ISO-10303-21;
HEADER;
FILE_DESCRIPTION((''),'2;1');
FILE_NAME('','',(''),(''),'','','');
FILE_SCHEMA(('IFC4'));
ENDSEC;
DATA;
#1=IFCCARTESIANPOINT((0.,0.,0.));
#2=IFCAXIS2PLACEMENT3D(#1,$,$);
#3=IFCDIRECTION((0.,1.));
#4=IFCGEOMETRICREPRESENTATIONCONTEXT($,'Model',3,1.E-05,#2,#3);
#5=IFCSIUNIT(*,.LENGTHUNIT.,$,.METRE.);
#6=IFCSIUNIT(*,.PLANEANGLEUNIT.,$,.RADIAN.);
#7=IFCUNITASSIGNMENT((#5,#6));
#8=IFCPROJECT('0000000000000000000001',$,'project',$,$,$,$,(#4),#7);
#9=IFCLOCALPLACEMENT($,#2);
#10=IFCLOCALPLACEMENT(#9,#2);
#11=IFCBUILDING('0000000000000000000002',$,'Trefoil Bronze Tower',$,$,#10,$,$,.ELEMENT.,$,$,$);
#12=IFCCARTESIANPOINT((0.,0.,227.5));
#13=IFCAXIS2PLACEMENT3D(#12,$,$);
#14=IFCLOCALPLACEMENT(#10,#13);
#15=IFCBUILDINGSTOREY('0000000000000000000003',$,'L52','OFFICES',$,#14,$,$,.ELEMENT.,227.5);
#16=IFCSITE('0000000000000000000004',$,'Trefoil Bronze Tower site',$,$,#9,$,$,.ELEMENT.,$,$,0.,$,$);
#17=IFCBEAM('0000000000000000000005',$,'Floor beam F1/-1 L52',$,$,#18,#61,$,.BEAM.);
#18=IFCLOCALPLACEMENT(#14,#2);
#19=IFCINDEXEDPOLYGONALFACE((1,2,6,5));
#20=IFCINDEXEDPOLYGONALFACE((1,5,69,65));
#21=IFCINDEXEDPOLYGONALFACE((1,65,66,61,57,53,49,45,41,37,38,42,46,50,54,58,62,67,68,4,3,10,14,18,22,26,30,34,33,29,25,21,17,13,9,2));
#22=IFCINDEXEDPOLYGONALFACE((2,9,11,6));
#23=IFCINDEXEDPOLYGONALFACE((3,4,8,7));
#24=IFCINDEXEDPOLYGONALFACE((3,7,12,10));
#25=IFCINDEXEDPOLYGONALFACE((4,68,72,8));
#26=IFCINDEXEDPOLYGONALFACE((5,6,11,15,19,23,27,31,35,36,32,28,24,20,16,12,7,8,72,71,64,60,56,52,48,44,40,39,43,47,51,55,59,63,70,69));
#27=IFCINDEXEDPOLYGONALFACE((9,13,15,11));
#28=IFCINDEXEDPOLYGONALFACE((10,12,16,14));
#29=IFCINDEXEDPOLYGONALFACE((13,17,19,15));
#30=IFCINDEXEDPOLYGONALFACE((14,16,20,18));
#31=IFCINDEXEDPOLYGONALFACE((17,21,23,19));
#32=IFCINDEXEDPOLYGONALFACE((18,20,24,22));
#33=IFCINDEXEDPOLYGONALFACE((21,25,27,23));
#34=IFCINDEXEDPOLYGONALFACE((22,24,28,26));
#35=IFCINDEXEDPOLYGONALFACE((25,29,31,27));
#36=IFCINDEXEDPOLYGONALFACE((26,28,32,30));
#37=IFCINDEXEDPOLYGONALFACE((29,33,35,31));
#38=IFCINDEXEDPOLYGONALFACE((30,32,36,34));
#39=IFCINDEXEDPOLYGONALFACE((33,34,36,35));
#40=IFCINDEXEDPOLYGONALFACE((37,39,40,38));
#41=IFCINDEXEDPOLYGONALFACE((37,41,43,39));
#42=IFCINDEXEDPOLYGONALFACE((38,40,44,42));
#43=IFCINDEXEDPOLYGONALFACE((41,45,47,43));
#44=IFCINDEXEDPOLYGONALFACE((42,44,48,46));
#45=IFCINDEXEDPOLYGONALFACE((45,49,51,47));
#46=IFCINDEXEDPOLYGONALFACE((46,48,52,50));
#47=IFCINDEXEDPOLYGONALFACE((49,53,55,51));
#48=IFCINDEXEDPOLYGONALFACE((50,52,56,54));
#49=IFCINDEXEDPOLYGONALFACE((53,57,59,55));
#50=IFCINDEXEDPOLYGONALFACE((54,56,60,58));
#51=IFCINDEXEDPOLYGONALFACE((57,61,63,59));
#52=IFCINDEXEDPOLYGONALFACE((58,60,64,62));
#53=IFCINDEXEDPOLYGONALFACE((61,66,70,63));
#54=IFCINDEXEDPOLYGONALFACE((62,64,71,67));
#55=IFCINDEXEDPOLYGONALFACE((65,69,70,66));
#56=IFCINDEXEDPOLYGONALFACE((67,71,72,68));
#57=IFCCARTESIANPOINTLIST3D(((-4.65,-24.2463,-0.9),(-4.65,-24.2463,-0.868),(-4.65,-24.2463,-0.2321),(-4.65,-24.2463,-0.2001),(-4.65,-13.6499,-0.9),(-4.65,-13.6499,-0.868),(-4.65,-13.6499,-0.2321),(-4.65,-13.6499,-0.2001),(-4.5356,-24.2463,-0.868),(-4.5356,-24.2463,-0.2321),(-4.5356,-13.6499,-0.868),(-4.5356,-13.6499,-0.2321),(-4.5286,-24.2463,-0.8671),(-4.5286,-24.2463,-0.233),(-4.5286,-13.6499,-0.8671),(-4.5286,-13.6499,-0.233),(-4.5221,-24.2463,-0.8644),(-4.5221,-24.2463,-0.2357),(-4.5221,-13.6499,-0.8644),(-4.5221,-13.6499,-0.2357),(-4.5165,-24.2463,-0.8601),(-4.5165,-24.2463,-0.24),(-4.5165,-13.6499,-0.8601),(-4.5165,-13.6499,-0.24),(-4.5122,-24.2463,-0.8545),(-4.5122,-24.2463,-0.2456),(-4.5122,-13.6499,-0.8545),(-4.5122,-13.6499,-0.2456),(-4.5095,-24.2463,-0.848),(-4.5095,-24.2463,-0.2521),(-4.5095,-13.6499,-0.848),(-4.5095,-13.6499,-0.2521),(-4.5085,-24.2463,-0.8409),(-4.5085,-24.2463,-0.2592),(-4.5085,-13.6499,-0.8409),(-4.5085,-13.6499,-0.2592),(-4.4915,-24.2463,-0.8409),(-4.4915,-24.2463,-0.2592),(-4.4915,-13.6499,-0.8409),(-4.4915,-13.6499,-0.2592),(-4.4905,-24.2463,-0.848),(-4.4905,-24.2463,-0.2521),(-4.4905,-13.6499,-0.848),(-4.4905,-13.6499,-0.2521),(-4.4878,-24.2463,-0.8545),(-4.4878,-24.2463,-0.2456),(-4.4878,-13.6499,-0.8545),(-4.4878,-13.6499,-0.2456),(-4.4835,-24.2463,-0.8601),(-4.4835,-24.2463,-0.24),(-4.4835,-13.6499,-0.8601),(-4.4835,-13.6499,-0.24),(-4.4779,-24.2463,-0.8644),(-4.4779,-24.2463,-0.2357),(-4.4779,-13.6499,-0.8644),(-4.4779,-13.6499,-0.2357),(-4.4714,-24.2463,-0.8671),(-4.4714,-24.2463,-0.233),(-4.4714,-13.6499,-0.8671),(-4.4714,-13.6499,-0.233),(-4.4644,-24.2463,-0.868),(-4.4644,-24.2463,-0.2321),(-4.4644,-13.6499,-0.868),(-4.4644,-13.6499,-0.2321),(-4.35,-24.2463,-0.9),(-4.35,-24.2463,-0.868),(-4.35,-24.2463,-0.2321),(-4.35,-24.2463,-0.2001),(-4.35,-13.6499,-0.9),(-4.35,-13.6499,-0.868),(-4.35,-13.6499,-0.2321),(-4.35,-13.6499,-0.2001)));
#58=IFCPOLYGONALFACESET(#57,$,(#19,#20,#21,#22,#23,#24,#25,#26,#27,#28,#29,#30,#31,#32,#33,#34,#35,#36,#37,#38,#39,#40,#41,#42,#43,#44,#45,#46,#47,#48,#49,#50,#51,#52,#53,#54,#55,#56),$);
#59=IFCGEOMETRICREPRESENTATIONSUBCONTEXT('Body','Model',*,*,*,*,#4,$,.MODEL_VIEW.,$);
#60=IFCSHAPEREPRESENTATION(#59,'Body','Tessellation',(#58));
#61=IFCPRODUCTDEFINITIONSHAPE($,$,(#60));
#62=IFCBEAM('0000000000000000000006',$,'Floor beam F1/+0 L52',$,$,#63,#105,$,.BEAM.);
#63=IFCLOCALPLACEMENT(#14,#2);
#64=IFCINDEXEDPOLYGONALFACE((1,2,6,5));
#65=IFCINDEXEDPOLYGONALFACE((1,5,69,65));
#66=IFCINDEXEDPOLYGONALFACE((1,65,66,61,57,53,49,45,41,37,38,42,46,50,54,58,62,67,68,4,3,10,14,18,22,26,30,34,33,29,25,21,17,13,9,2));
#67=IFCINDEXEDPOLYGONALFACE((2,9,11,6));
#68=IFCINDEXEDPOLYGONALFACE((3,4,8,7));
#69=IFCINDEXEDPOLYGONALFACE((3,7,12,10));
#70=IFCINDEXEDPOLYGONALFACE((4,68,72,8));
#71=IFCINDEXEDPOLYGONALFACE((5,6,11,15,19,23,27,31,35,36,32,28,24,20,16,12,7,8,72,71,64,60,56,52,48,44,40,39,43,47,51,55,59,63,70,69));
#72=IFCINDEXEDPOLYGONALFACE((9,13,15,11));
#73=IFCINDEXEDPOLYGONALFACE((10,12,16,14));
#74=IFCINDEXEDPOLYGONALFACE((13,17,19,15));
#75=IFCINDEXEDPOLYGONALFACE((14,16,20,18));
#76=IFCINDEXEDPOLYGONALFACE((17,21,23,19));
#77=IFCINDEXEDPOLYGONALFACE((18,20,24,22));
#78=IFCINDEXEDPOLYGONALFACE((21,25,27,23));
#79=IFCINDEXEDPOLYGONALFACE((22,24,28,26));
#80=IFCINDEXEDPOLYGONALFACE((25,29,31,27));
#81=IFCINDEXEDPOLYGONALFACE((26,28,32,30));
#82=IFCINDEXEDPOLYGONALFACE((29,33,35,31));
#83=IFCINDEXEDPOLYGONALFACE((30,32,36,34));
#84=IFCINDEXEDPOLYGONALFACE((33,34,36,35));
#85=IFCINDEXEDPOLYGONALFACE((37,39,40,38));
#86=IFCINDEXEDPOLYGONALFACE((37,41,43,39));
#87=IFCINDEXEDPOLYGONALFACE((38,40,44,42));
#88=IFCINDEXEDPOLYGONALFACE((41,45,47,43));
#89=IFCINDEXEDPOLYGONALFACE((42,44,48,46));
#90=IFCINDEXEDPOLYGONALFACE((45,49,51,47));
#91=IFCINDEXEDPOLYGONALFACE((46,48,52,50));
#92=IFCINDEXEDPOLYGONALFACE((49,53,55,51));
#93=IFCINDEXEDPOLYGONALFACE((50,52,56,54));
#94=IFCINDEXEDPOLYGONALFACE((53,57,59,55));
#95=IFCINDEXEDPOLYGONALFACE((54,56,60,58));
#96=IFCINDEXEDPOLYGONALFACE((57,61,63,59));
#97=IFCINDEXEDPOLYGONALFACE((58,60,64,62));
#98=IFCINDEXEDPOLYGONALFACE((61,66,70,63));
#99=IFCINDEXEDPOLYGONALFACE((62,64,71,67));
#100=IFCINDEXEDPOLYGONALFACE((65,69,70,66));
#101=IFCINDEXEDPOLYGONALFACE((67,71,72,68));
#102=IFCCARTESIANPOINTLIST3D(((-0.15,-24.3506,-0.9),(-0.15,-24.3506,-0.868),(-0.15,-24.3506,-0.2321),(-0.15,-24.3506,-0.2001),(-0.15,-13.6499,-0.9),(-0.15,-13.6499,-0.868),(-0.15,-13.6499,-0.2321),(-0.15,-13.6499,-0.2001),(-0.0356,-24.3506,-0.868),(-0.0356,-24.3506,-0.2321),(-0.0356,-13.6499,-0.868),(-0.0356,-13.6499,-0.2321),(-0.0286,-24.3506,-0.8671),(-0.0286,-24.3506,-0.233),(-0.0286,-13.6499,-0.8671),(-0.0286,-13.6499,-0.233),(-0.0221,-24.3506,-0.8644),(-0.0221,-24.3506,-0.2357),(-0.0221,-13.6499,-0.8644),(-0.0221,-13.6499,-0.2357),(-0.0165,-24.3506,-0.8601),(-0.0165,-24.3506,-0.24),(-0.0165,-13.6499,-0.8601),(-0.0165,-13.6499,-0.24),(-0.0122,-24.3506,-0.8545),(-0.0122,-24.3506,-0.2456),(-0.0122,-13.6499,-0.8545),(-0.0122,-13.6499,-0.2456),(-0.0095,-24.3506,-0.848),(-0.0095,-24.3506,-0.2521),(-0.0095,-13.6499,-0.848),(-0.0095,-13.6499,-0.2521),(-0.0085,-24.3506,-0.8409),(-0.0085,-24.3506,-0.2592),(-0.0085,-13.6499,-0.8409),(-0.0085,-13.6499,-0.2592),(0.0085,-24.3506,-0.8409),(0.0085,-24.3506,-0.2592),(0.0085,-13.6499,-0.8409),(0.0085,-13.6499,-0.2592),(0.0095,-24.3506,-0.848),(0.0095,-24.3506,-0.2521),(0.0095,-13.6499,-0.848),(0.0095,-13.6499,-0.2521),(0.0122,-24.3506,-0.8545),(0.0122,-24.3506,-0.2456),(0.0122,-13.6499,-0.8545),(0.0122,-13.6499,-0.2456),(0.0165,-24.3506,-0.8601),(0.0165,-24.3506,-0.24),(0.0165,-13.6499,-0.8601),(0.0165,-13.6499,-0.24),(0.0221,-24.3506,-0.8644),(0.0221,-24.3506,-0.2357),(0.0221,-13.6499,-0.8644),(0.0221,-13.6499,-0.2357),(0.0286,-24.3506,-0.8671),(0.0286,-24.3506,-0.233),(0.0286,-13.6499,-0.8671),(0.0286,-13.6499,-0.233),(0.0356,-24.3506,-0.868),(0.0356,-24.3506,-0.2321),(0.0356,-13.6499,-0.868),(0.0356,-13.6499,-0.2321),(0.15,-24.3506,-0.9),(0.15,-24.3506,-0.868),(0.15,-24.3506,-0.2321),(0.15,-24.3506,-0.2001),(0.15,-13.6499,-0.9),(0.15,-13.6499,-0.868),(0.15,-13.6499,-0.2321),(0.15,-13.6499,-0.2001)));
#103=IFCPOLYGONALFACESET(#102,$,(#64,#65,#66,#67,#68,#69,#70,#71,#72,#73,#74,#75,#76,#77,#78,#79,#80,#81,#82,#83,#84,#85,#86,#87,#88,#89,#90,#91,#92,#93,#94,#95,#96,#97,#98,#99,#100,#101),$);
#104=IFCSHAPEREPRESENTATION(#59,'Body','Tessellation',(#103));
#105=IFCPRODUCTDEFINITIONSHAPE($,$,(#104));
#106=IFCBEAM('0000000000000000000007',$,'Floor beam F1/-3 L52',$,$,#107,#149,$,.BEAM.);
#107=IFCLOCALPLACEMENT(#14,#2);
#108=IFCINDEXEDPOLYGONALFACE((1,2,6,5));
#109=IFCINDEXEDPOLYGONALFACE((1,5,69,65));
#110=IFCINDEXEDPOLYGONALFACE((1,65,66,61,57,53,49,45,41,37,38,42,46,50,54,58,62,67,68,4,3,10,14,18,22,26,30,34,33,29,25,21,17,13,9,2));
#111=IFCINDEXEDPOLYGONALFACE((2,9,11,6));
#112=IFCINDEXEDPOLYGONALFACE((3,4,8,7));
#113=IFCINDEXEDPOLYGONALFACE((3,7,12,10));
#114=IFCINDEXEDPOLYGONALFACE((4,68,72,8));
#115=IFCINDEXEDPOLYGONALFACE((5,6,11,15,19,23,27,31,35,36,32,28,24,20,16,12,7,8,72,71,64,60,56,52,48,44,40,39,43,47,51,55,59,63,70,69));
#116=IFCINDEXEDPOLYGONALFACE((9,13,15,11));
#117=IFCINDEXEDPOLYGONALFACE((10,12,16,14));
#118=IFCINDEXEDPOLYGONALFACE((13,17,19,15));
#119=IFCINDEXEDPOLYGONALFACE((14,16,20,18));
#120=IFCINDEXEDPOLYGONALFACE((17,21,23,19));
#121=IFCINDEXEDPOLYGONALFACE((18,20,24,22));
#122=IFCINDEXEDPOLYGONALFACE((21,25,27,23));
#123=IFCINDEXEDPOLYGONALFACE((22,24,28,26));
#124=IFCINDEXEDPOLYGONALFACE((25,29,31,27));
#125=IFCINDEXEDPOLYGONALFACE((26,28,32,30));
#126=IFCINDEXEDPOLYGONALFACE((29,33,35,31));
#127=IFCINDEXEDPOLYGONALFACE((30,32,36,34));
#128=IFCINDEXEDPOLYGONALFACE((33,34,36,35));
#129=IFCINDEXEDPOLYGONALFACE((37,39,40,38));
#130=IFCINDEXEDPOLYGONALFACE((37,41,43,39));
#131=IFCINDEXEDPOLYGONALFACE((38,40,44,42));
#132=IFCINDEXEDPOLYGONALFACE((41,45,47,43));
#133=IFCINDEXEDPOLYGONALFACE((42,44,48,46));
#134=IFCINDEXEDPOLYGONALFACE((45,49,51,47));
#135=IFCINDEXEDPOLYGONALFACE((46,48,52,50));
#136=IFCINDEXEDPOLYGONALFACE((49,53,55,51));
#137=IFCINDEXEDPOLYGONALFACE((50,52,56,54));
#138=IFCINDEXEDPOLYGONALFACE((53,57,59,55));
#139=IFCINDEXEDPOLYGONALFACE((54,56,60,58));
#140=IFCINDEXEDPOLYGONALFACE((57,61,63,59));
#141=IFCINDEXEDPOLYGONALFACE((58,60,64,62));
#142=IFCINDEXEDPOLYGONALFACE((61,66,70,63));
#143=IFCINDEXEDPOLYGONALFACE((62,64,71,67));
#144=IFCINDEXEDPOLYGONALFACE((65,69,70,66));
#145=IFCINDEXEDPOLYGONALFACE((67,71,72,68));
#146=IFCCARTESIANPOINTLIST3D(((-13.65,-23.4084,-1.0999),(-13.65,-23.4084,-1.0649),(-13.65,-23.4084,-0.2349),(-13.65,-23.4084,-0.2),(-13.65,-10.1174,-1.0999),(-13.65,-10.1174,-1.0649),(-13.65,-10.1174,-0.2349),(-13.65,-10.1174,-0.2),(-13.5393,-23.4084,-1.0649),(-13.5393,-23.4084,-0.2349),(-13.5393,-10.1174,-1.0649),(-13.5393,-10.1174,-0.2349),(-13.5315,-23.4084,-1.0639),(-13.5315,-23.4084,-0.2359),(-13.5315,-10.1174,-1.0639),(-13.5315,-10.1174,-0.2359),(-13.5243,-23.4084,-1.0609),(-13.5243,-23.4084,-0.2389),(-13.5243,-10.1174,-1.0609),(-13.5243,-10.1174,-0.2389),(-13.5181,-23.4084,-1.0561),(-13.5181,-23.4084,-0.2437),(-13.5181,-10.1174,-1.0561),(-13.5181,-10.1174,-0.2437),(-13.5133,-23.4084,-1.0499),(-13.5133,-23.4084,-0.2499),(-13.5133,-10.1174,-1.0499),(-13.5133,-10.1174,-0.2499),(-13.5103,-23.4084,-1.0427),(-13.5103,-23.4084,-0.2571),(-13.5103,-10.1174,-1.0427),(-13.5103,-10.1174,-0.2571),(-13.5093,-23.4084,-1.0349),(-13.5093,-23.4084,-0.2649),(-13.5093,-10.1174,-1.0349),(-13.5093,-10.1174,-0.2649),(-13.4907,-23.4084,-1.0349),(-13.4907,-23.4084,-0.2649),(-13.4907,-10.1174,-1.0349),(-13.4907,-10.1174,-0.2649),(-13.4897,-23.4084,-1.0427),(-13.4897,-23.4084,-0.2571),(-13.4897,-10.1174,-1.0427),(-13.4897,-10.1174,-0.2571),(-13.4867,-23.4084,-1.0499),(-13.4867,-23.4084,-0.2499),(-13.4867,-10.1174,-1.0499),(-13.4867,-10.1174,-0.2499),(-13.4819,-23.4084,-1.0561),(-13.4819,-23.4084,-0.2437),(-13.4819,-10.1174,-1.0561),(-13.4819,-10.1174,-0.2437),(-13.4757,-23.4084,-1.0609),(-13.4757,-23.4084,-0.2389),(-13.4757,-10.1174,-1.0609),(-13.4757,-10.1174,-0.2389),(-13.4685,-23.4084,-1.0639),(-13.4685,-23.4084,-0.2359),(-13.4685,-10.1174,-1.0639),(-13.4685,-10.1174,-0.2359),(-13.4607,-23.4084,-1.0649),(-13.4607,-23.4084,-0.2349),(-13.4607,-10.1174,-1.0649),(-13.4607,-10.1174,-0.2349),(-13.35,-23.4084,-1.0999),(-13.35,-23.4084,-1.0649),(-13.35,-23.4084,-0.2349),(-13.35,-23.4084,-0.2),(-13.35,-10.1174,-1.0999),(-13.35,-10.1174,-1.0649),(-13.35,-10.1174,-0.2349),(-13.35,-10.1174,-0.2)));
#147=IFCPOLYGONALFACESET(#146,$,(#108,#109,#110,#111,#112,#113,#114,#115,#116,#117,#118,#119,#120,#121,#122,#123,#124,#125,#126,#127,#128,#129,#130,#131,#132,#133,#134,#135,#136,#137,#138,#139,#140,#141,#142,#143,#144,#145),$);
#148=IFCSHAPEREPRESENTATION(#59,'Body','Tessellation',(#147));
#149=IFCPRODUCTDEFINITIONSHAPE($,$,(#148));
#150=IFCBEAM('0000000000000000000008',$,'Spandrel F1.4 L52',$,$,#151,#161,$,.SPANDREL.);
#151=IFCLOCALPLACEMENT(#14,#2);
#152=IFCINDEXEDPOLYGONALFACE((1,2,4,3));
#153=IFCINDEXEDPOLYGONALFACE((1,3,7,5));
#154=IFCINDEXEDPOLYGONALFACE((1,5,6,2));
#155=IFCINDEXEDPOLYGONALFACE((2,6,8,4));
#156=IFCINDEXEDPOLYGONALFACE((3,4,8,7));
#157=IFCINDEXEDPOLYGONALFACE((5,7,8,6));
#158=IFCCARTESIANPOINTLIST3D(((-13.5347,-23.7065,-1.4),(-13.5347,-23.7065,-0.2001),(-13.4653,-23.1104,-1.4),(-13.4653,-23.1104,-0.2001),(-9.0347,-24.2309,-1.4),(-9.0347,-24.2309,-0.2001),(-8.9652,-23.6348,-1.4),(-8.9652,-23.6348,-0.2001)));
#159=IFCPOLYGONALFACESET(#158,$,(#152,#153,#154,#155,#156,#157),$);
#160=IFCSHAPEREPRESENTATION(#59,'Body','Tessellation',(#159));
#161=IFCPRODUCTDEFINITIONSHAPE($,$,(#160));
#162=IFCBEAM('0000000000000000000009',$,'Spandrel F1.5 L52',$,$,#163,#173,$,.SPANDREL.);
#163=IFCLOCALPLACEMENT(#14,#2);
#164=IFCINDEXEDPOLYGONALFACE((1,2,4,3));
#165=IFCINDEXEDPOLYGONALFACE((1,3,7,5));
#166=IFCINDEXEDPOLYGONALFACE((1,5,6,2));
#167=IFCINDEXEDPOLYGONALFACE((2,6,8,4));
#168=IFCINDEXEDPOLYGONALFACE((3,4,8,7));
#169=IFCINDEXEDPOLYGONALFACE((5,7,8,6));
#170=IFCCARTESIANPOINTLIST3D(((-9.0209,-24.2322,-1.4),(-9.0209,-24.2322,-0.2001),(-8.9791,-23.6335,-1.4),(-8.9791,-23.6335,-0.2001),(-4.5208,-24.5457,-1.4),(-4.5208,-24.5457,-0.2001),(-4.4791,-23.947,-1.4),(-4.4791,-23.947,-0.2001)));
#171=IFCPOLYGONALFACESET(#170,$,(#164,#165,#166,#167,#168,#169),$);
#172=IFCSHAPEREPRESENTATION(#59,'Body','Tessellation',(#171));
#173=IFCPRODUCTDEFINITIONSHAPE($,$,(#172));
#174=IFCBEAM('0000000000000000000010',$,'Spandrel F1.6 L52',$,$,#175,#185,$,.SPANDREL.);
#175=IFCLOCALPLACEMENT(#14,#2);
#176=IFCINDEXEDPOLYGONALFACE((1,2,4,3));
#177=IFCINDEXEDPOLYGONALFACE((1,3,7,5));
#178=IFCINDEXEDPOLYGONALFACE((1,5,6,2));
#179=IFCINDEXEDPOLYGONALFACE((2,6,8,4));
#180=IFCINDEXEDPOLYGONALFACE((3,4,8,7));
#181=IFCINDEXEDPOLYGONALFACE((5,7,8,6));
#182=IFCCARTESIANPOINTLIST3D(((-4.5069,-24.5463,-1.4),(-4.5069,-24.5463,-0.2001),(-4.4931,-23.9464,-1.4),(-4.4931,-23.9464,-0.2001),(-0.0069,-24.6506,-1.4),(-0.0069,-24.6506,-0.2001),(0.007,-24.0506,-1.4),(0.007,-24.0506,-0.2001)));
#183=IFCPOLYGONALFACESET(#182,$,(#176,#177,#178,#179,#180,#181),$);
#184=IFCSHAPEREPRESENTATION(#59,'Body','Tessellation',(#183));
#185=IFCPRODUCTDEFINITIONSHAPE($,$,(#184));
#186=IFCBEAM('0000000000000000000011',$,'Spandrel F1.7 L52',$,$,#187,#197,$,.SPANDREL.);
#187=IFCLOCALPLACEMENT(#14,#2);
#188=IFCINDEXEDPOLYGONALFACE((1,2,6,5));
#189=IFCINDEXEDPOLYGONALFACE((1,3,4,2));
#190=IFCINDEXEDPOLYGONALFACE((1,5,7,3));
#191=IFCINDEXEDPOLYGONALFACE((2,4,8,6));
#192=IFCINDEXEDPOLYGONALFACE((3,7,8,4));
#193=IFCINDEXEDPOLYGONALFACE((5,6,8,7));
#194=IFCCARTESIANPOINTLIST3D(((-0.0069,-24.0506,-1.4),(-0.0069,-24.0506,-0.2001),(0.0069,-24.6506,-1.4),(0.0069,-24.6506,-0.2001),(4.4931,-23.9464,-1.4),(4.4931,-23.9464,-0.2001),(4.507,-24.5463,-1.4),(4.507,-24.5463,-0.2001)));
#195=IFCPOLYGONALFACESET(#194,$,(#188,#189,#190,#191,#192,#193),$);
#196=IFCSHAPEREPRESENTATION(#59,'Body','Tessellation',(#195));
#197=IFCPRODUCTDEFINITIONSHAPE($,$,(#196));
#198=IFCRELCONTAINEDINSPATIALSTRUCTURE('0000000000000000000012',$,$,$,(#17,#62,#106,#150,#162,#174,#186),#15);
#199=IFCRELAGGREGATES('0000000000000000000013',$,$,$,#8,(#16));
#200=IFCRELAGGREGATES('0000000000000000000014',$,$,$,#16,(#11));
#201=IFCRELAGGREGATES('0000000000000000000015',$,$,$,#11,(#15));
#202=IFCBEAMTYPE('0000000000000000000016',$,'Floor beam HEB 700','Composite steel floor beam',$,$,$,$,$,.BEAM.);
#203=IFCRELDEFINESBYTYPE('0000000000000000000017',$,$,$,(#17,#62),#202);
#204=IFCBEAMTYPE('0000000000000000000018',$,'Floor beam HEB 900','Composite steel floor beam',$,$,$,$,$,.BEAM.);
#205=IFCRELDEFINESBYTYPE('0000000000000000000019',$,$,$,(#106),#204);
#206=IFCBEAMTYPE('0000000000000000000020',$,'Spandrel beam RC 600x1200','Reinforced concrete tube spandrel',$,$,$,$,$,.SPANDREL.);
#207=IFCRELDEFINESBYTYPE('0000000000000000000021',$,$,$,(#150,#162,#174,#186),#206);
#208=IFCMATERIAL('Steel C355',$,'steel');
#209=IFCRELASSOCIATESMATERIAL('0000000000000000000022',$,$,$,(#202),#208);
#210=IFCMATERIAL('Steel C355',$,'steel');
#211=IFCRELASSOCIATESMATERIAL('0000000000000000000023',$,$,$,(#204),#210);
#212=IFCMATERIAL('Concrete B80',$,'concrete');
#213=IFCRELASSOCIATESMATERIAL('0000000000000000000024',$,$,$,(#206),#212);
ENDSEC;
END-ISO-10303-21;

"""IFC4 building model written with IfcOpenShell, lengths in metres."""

from ifc_helpers import new_model, si_unit, direction, frame, origin, origin_2d, place, context, subcontext, project, spatial, rectangle, i_section, extrude, material, material_profile, profile_set, type_object, element, save


model = new_model("IFC4")

# Units and contexts
model_context = context("Model", 3, precision=1e-05, world=origin(), true_north=direction((0.0, 1.0)))
body_context = subcontext(model_context, "Body", "Model", "MODEL_VIEW")
ifc_project = project(units=[si_unit("LENGTHUNIT", "METRE"), si_unit("PLANEANGLEUNIT", "RADIAN")], contexts=[model_context])

# Site, building, storey
site_placement = place(None, origin())
site = spatial("IfcSite", under=ifc_project, at=site_placement, Name="Trefoil Bronze Tower site", CompositionType="ELEMENT", RefElevation=0.0)
building_placement = place(site_placement, origin())
building = spatial("IfcBuilding", under=site, at=building_placement, Name="Trefoil Bronze Tower", CompositionType="ELEMENT")
storey_placement = place(building_placement, frame((0.0, 0.0, 227.5)))
storey = spatial("IfcBuildingStorey", under=building, at=storey_placement, Name="L52", Description="OFFICES", CompositionType="ELEMENT", Elevation=227.5)

# Beams
ifc_material_1 = material(Name="Steel C355", Category="steel")
ifc_material_profile_1 = material_profile(ifc_material_1, i_section(OverallWidth=0.3, OverallDepth=0.7, WebThickness=0.0171, FlangeThickness=0.032, FilletRadius=0.0271, at=origin_2d()), Name="HEB 700")
ifc_profile_set_1 = profile_set([ifc_material_profile_1], Name="Steel C355")
beam_type_1 = type_object("IfcBeamType", Name="Floor beam HEB 700", Description="Composite steel floor beam", PredefinedType="BEAM", material=ifc_profile_set_1)
beam_1_placement = place(storey_placement, frame((-4.5, -24.2463, -0.55), z_axis=(0.0, 1.0, 0.0), x_axis=(-1.0, 0.0, 0.0)))
element("IfcBeam", 1, at=beam_1_placement, inside=storey, type_object=beam_type_1, Name="Floor beam F1/-1 L52", PredefinedType="BEAM", context=body_context, shape_type="SweptSolid", body=[
    extrude(i_section(OverallWidth=0.3, OverallDepth=0.7, WebThickness=0.0171, FlangeThickness=0.032, FilletRadius=0.0271, at=origin_2d()), origin(), (0.0, 0.0, 1.0), 10.5964),
])
beam_2_placement = place(storey_placement, frame((0.0, -24.3506, -0.55), z_axis=(0.0, 1.0, 0.0), x_axis=(-1.0, 0.0, 0.0)))
element("IfcBeam", 2, at=beam_2_placement, inside=storey, type_object=beam_type_1, Name="Floor beam F1/+0 L52", PredefinedType="BEAM", context=body_context, shape_type="SweptSolid", body=[
    extrude(i_section(OverallWidth=0.3, OverallDepth=0.7, WebThickness=0.0171, FlangeThickness=0.032, FilletRadius=0.0271, at=origin_2d()), origin(), (0.0, 0.0, 1.0), 10.7007),
])
ifc_material_2 = material(Name="Steel C355", Category="steel")
ifc_material_profile_2 = material_profile(ifc_material_2, i_section(OverallWidth=0.3, OverallDepth=0.8999, WebThickness=0.0186, FlangeThickness=0.0349, FilletRadius=0.03, at=origin_2d()), Name="HEB 900")
ifc_profile_set_2 = profile_set([ifc_material_profile_2], Name="Steel C355")
beam_type_2 = type_object("IfcBeamType", Name="Floor beam HEB 900", Description="Composite steel floor beam", PredefinedType="BEAM", material=ifc_profile_set_2)
beam_3_placement = place(storey_placement, frame((-13.5, -23.4084, -0.6499), z_axis=(0.0, 1.0, 0.0), x_axis=(-1.0, 0.0, 0.0)))
element("IfcBeam", 3, at=beam_3_placement, inside=storey, type_object=beam_type_2, Name="Floor beam F1/-3 L52", PredefinedType="BEAM", context=body_context, shape_type="SweptSolid", body=[
    extrude(i_section(OverallWidth=0.3, OverallDepth=0.8999, WebThickness=0.0186, FlangeThickness=0.0349, FilletRadius=0.03, at=origin_2d()), origin(), (0.0, 0.0, 1.0), 13.291),
])
ifc_material_3 = material(Name="Concrete B80", Category="concrete")
ifc_material_profile_3 = material_profile(ifc_material_3, rectangle(XDim=0.6001, YDim=1.2, at=origin_2d()), Name="RC 600x1200")
ifc_profile_set_3 = profile_set([ifc_material_profile_3], Name="Concrete B80")
beam_type_3 = type_object("IfcBeamType", Name="Spandrel beam RC 600x1200", Description="Reinforced concrete tube spandrel", PredefinedType="SPANDREL", material=ifc_profile_set_3)
beam_4_placement = place(storey_placement, frame((-13.5, -23.4084, -0.8), z_axis=(0.993278, -0.115753, 0.0), x_axis=(0.115753, 0.993278, 0.0)))
element("IfcBeam", 4, at=beam_4_placement, inside=storey, type_object=beam_type_3, Name="Spandrel F1.4 L52", PredefinedType="SPANDREL", context=body_context, shape_type="SweptSolid", body=[
    extrude(rectangle(XDim=0.6001, YDim=1.2, at=origin_2d()), origin(), (0.0, 0.0, 1.0), 4.5305),
])
beam_5_placement = place(storey_placement, frame((-9.0, -23.9329, -0.8), z_axis=(0.997582, -0.069493, 0.0), x_axis=(0.069493, 0.997582, 0.0)))
element("IfcBeam", 5, at=beam_5_placement, inside=storey, type_object=beam_type_3, Name="Spandrel F1.5 L52", PredefinedType="SPANDREL", context=body_context, shape_type="SweptSolid", body=[
    extrude(rectangle(XDim=0.6001, YDim=1.2, at=origin_2d()), origin(), (0.0, 0.0, 1.0), 4.511),
])
for number, where, z_axis, x_axis, name in (
    (6, (-4.5, -24.2463, -0.8), (0.999732, -0.02316, 0.0), (0.02316, 0.999732, 0.0), "Spandrel F1.6 L52"),
    (7, (0.0, -24.3506, -0.8), (0.999732, 0.02316, 0.0), (-0.02316, 0.999732, 0.0), "Spandrel F1.7 L52"),
):
    element("IfcBeam", number, at=place(storey_placement, frame(where, z_axis=z_axis, x_axis=x_axis)), inside=storey, type_object=beam_type_3, Name=name, PredefinedType="SPANDREL", context=body_context, shape_type="SweptSolid", body=[
        extrude(rectangle(XDim=0.6001, YDim=1.2, at=origin_2d()), origin(), (0.0, 0.0, 1.0), 4.5012),
    ])

save(model, "model.ifc")
